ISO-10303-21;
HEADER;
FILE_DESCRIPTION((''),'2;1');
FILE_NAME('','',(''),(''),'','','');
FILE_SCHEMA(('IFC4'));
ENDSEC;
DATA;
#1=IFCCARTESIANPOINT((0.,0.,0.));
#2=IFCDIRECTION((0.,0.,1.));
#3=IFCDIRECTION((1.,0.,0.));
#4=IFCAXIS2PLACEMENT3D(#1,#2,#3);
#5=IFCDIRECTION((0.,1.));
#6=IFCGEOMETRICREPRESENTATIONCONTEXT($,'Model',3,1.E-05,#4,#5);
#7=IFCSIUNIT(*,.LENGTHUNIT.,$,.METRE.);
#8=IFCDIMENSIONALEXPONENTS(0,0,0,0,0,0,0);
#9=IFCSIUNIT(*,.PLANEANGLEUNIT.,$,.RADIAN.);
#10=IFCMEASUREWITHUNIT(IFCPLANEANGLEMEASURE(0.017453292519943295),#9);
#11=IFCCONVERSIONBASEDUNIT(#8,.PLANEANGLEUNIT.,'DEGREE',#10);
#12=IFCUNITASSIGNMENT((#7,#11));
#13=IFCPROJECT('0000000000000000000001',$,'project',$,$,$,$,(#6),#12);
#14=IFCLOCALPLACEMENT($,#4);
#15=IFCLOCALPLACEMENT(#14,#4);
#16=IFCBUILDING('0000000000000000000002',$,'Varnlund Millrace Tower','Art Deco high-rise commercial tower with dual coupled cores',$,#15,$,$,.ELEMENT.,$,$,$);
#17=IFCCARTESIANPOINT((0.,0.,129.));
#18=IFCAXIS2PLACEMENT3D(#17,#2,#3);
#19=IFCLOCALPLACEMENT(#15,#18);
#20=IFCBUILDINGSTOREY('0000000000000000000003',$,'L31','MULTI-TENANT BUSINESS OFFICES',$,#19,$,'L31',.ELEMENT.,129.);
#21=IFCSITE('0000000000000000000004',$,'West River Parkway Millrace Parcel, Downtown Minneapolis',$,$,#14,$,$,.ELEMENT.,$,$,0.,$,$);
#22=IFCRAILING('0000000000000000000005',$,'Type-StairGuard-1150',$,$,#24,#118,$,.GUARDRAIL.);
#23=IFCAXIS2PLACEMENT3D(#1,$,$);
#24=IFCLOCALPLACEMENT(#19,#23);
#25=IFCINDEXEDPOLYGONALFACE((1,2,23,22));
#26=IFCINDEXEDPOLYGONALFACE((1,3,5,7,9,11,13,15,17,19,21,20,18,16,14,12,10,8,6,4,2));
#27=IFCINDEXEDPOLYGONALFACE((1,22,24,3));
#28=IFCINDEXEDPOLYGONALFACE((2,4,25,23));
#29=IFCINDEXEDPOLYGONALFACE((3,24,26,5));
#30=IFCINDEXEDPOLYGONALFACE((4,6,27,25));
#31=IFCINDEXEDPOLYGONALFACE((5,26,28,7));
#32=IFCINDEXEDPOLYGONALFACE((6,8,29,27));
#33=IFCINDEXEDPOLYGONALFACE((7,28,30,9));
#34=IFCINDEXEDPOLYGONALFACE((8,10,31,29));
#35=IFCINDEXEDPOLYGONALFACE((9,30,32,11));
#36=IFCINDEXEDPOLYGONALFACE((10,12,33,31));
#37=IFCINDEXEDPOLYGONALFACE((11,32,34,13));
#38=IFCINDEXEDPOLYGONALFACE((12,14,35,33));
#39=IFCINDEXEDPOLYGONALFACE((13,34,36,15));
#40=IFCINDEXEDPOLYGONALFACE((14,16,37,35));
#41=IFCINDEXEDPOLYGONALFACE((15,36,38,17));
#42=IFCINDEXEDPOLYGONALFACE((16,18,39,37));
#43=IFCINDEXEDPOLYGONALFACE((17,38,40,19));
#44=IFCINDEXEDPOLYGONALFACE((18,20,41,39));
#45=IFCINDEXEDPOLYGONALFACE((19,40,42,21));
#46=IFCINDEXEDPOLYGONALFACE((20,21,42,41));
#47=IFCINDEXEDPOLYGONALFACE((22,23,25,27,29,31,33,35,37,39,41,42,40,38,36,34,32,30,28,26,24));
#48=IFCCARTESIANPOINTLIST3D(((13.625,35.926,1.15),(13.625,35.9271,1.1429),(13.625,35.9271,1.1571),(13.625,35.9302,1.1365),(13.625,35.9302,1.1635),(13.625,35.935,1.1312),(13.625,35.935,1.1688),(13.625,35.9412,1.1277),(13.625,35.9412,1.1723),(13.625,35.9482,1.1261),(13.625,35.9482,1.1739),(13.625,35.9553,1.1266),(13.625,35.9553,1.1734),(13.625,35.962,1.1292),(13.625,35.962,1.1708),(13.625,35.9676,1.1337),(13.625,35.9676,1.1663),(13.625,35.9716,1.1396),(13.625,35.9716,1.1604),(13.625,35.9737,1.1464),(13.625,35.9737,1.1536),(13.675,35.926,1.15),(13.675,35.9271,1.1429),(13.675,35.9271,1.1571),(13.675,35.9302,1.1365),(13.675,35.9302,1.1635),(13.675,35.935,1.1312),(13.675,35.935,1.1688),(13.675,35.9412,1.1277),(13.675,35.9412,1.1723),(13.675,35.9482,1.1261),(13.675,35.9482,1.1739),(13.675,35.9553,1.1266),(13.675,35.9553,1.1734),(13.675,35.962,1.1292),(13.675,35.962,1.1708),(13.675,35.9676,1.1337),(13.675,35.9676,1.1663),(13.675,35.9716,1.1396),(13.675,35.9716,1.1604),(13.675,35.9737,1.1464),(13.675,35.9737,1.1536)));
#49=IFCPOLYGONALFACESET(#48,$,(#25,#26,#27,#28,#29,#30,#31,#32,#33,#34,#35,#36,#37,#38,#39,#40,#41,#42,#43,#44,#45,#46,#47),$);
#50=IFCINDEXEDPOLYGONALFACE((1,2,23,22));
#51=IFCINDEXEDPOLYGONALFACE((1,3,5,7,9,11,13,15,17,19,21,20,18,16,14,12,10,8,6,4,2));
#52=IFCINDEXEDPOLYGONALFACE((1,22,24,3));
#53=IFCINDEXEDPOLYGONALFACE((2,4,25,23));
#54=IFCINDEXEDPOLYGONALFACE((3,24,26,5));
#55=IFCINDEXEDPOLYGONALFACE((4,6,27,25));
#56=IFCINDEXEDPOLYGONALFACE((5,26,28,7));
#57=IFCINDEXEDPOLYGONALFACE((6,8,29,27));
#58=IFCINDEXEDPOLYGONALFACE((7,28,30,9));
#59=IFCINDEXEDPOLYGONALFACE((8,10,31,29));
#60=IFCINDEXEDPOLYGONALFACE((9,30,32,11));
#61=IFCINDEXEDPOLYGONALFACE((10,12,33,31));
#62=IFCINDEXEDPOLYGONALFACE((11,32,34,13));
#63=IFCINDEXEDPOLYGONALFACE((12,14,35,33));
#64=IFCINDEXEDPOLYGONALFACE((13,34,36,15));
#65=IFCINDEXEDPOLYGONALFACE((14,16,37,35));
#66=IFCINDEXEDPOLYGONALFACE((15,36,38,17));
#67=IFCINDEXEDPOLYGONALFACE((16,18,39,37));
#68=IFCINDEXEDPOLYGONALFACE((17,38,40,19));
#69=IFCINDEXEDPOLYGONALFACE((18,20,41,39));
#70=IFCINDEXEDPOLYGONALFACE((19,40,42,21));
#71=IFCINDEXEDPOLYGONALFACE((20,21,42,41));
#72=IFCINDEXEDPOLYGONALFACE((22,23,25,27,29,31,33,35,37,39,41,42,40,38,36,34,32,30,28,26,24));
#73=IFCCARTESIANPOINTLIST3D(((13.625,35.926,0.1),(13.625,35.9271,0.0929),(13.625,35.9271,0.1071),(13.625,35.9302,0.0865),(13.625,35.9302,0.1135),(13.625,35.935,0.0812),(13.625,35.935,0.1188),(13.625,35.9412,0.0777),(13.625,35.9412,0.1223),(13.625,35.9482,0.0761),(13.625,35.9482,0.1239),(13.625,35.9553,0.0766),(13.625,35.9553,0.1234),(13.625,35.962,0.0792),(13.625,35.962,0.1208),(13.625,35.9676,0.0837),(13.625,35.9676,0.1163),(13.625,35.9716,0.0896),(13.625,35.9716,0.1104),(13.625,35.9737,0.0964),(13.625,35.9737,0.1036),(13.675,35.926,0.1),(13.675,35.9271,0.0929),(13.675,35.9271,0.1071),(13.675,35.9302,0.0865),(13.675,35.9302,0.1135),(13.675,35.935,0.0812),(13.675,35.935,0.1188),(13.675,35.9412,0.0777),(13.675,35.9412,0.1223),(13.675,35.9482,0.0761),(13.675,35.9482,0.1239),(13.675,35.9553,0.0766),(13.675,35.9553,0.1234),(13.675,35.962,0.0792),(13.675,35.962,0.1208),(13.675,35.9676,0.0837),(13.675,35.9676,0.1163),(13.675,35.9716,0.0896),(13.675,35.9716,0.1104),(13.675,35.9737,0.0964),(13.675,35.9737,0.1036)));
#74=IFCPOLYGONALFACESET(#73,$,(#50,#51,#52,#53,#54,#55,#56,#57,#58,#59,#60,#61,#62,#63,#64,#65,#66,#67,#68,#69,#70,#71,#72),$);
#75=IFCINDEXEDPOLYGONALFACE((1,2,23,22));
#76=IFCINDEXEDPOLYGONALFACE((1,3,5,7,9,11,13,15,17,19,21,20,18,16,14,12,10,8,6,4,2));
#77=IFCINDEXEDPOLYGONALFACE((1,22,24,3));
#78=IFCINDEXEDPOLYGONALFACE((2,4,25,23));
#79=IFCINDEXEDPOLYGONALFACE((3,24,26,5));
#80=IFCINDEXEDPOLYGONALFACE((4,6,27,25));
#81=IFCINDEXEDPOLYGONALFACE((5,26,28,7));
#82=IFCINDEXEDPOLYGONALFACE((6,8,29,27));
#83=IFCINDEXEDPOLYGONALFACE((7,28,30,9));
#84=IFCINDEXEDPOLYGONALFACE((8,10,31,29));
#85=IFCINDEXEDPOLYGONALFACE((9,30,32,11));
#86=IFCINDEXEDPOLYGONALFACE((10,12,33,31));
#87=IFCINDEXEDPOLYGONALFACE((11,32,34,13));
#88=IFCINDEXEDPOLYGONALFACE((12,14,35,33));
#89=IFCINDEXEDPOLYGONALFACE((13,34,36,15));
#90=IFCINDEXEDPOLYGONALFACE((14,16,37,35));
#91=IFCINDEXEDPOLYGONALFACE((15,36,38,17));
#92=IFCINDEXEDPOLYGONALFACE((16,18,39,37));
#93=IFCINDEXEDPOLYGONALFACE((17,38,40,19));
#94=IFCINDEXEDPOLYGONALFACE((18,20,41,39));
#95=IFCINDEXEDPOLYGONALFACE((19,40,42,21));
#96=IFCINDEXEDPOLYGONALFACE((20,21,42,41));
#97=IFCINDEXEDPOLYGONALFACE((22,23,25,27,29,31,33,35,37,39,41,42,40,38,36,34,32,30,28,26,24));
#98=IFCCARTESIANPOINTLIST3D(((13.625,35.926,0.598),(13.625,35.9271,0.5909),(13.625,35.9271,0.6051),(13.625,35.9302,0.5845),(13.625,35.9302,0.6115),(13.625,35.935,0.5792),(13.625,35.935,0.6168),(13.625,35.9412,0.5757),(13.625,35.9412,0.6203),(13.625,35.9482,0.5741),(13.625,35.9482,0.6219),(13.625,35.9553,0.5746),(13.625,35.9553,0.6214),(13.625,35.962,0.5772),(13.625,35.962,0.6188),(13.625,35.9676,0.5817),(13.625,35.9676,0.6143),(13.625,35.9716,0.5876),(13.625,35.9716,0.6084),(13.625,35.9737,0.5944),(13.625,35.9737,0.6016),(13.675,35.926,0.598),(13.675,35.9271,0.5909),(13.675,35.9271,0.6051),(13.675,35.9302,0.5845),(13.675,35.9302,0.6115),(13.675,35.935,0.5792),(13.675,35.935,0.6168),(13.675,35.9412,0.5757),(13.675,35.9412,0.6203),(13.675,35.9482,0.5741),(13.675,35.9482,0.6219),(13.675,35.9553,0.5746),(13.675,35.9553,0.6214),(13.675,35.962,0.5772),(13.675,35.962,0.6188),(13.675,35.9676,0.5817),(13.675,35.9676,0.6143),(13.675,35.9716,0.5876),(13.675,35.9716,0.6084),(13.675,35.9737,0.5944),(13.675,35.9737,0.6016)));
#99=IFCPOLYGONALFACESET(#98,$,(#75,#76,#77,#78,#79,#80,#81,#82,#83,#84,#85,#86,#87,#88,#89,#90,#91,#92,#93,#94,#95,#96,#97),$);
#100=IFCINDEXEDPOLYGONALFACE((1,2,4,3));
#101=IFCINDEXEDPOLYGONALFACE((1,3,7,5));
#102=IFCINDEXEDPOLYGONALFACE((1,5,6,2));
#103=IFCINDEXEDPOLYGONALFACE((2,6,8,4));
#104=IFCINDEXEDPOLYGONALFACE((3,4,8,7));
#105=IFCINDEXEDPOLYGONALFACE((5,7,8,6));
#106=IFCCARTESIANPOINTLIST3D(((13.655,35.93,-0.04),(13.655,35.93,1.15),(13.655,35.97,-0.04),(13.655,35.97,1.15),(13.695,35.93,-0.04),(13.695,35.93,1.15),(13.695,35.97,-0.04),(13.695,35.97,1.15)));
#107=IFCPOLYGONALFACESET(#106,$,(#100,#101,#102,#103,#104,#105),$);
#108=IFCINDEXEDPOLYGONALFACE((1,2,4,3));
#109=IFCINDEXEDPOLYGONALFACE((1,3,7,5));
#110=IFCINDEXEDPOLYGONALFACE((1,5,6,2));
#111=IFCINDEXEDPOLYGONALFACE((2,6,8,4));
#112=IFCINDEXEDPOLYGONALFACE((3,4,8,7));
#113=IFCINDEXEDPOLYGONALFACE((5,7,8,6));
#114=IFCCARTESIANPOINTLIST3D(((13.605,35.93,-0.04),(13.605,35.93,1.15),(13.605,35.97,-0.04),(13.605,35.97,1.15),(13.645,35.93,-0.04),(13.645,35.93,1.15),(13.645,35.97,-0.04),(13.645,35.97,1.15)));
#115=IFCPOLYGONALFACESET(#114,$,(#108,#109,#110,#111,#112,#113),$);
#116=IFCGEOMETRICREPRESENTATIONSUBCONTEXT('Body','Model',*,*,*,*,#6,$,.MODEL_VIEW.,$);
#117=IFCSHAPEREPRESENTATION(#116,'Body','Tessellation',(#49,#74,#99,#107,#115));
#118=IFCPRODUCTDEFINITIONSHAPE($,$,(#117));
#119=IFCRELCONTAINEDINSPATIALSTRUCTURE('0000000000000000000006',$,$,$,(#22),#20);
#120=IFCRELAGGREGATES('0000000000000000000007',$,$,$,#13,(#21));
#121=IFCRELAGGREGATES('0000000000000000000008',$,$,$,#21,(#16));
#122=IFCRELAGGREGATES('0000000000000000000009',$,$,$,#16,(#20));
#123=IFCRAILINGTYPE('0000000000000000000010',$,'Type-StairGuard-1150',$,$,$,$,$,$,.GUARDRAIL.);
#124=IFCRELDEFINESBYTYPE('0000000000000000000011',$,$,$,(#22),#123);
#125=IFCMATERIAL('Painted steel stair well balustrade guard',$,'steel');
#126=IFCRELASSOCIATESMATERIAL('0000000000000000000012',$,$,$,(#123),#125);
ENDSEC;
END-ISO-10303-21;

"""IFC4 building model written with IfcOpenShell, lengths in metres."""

from ifc_helpers import new_model, entity, si_unit, converted_unit, direction, frame, origin_with_axes, origin_2d_with_axis, place, context, subcontext, project, spatial, rectangle, circle, extrude, material, type_object, element, save


model = new_model("IFC4")

# Units and contexts
model_context = context("Model", 3, precision=1e-05, world=origin_with_axes(), true_north=direction((0.0, 1.0)))
body_context = subcontext(model_context, "Body", "Model", "MODEL_VIEW")
ifc_project = project(units=[si_unit("LENGTHUNIT", "METRE"), converted_unit("PLANEANGLEUNIT", "DEGREE", entity("IfcPlaneAngleMeasure", 0.017453292519943295), si_unit("PLANEANGLEUNIT", "RADIAN"), dimensions=[0, 0, 0, 0, 0, 0, 0])], contexts=[model_context])

# Site, building, storey
site_placement = place(None, origin_with_axes())
site = spatial("IfcSite", under=ifc_project, at=site_placement, Name="West River Parkway Millrace Parcel, Downtown Minneapolis", CompositionType="ELEMENT", RefElevation=0.0)
building_placement = place(site_placement, origin_with_axes())
building = spatial("IfcBuilding", under=site, at=building_placement, Name="Varnlund Millrace Tower", Description="Art Deco high-rise commercial tower with dual coupled cores", CompositionType="ELEMENT")
storey_placement = place(building_placement, frame((0.0, 0.0, 129.0), z_axis=(0.0, 0.0, 1.0), x_axis=(1.0, 0.0, 0.0)))
storey = spatial("IfcBuildingStorey", under=building, at=storey_placement, Name="L31", Description="MULTI-TENANT BUSINESS OFFICES", LongName="L31", CompositionType="ELEMENT", Elevation=129.0)

# Railing
ifc_material_1 = material(Name="Painted steel stair well balustrade guard", Category="steel")
railing_type_1 = type_object("IfcRailingType", Name="Type-StairGuard-1150", PredefinedType="GUARDRAIL", material=ifc_material_1)
railing_1_placement = place(storey_placement, frame((0.0, 0.0, -129.0), z_axis=(0.0, 0.0, 1.0), x_axis=(1.0, 0.0, 0.0)))
element("IfcRailing", 1, at=railing_1_placement, inside=storey, type_object=railing_type_1, Name="Type-StairGuard-1150", PredefinedType="GUARDRAIL", context=body_context, shape_type="SweptSolid", body=[
    extrude(circle(Radius=0.024, at=origin_2d_with_axis()), frame((13.675, 35.95, 130.15), z_axis=(-1.0, 0.0, 0.0), x_axis=(0.0, -1.0, 0.0)), (0.0, 0.0, 1.0), 0.05),
    extrude(circle(Radius=0.024, at=origin_2d_with_axis()), frame((13.675, 35.95, 129.1), z_axis=(-1.0, 0.0, 0.0), x_axis=(0.0, -1.0, 0.0)), (0.0, 0.0, 1.0), 0.05),
    extrude(circle(Radius=0.024, at=origin_2d_with_axis()), frame((13.675, 35.95, 129.598), z_axis=(-1.0, 0.0, 0.0), x_axis=(0.0, -1.0, 0.0)), (0.0, 0.0, 1.0), 0.05),
    extrude(rectangle(XDim=0.04, YDim=0.04, at=origin_2d_with_axis()), frame((13.675, 35.95, 128.96), z_axis=(0.0, 0.0, 1.0), x_axis=(1.0, 0.0, 0.0)), (0.0, 0.0, 1.0), 1.19),
    extrude(rectangle(XDim=0.04, YDim=0.04, at=origin_2d_with_axis()), frame((13.625, 35.95, 128.96), z_axis=(0.0, 0.0, 1.0), x_axis=(1.0, 0.0, 0.0)), (0.0, 0.0, 1.0), 1.19),
])

save(model, "model.ifc")
